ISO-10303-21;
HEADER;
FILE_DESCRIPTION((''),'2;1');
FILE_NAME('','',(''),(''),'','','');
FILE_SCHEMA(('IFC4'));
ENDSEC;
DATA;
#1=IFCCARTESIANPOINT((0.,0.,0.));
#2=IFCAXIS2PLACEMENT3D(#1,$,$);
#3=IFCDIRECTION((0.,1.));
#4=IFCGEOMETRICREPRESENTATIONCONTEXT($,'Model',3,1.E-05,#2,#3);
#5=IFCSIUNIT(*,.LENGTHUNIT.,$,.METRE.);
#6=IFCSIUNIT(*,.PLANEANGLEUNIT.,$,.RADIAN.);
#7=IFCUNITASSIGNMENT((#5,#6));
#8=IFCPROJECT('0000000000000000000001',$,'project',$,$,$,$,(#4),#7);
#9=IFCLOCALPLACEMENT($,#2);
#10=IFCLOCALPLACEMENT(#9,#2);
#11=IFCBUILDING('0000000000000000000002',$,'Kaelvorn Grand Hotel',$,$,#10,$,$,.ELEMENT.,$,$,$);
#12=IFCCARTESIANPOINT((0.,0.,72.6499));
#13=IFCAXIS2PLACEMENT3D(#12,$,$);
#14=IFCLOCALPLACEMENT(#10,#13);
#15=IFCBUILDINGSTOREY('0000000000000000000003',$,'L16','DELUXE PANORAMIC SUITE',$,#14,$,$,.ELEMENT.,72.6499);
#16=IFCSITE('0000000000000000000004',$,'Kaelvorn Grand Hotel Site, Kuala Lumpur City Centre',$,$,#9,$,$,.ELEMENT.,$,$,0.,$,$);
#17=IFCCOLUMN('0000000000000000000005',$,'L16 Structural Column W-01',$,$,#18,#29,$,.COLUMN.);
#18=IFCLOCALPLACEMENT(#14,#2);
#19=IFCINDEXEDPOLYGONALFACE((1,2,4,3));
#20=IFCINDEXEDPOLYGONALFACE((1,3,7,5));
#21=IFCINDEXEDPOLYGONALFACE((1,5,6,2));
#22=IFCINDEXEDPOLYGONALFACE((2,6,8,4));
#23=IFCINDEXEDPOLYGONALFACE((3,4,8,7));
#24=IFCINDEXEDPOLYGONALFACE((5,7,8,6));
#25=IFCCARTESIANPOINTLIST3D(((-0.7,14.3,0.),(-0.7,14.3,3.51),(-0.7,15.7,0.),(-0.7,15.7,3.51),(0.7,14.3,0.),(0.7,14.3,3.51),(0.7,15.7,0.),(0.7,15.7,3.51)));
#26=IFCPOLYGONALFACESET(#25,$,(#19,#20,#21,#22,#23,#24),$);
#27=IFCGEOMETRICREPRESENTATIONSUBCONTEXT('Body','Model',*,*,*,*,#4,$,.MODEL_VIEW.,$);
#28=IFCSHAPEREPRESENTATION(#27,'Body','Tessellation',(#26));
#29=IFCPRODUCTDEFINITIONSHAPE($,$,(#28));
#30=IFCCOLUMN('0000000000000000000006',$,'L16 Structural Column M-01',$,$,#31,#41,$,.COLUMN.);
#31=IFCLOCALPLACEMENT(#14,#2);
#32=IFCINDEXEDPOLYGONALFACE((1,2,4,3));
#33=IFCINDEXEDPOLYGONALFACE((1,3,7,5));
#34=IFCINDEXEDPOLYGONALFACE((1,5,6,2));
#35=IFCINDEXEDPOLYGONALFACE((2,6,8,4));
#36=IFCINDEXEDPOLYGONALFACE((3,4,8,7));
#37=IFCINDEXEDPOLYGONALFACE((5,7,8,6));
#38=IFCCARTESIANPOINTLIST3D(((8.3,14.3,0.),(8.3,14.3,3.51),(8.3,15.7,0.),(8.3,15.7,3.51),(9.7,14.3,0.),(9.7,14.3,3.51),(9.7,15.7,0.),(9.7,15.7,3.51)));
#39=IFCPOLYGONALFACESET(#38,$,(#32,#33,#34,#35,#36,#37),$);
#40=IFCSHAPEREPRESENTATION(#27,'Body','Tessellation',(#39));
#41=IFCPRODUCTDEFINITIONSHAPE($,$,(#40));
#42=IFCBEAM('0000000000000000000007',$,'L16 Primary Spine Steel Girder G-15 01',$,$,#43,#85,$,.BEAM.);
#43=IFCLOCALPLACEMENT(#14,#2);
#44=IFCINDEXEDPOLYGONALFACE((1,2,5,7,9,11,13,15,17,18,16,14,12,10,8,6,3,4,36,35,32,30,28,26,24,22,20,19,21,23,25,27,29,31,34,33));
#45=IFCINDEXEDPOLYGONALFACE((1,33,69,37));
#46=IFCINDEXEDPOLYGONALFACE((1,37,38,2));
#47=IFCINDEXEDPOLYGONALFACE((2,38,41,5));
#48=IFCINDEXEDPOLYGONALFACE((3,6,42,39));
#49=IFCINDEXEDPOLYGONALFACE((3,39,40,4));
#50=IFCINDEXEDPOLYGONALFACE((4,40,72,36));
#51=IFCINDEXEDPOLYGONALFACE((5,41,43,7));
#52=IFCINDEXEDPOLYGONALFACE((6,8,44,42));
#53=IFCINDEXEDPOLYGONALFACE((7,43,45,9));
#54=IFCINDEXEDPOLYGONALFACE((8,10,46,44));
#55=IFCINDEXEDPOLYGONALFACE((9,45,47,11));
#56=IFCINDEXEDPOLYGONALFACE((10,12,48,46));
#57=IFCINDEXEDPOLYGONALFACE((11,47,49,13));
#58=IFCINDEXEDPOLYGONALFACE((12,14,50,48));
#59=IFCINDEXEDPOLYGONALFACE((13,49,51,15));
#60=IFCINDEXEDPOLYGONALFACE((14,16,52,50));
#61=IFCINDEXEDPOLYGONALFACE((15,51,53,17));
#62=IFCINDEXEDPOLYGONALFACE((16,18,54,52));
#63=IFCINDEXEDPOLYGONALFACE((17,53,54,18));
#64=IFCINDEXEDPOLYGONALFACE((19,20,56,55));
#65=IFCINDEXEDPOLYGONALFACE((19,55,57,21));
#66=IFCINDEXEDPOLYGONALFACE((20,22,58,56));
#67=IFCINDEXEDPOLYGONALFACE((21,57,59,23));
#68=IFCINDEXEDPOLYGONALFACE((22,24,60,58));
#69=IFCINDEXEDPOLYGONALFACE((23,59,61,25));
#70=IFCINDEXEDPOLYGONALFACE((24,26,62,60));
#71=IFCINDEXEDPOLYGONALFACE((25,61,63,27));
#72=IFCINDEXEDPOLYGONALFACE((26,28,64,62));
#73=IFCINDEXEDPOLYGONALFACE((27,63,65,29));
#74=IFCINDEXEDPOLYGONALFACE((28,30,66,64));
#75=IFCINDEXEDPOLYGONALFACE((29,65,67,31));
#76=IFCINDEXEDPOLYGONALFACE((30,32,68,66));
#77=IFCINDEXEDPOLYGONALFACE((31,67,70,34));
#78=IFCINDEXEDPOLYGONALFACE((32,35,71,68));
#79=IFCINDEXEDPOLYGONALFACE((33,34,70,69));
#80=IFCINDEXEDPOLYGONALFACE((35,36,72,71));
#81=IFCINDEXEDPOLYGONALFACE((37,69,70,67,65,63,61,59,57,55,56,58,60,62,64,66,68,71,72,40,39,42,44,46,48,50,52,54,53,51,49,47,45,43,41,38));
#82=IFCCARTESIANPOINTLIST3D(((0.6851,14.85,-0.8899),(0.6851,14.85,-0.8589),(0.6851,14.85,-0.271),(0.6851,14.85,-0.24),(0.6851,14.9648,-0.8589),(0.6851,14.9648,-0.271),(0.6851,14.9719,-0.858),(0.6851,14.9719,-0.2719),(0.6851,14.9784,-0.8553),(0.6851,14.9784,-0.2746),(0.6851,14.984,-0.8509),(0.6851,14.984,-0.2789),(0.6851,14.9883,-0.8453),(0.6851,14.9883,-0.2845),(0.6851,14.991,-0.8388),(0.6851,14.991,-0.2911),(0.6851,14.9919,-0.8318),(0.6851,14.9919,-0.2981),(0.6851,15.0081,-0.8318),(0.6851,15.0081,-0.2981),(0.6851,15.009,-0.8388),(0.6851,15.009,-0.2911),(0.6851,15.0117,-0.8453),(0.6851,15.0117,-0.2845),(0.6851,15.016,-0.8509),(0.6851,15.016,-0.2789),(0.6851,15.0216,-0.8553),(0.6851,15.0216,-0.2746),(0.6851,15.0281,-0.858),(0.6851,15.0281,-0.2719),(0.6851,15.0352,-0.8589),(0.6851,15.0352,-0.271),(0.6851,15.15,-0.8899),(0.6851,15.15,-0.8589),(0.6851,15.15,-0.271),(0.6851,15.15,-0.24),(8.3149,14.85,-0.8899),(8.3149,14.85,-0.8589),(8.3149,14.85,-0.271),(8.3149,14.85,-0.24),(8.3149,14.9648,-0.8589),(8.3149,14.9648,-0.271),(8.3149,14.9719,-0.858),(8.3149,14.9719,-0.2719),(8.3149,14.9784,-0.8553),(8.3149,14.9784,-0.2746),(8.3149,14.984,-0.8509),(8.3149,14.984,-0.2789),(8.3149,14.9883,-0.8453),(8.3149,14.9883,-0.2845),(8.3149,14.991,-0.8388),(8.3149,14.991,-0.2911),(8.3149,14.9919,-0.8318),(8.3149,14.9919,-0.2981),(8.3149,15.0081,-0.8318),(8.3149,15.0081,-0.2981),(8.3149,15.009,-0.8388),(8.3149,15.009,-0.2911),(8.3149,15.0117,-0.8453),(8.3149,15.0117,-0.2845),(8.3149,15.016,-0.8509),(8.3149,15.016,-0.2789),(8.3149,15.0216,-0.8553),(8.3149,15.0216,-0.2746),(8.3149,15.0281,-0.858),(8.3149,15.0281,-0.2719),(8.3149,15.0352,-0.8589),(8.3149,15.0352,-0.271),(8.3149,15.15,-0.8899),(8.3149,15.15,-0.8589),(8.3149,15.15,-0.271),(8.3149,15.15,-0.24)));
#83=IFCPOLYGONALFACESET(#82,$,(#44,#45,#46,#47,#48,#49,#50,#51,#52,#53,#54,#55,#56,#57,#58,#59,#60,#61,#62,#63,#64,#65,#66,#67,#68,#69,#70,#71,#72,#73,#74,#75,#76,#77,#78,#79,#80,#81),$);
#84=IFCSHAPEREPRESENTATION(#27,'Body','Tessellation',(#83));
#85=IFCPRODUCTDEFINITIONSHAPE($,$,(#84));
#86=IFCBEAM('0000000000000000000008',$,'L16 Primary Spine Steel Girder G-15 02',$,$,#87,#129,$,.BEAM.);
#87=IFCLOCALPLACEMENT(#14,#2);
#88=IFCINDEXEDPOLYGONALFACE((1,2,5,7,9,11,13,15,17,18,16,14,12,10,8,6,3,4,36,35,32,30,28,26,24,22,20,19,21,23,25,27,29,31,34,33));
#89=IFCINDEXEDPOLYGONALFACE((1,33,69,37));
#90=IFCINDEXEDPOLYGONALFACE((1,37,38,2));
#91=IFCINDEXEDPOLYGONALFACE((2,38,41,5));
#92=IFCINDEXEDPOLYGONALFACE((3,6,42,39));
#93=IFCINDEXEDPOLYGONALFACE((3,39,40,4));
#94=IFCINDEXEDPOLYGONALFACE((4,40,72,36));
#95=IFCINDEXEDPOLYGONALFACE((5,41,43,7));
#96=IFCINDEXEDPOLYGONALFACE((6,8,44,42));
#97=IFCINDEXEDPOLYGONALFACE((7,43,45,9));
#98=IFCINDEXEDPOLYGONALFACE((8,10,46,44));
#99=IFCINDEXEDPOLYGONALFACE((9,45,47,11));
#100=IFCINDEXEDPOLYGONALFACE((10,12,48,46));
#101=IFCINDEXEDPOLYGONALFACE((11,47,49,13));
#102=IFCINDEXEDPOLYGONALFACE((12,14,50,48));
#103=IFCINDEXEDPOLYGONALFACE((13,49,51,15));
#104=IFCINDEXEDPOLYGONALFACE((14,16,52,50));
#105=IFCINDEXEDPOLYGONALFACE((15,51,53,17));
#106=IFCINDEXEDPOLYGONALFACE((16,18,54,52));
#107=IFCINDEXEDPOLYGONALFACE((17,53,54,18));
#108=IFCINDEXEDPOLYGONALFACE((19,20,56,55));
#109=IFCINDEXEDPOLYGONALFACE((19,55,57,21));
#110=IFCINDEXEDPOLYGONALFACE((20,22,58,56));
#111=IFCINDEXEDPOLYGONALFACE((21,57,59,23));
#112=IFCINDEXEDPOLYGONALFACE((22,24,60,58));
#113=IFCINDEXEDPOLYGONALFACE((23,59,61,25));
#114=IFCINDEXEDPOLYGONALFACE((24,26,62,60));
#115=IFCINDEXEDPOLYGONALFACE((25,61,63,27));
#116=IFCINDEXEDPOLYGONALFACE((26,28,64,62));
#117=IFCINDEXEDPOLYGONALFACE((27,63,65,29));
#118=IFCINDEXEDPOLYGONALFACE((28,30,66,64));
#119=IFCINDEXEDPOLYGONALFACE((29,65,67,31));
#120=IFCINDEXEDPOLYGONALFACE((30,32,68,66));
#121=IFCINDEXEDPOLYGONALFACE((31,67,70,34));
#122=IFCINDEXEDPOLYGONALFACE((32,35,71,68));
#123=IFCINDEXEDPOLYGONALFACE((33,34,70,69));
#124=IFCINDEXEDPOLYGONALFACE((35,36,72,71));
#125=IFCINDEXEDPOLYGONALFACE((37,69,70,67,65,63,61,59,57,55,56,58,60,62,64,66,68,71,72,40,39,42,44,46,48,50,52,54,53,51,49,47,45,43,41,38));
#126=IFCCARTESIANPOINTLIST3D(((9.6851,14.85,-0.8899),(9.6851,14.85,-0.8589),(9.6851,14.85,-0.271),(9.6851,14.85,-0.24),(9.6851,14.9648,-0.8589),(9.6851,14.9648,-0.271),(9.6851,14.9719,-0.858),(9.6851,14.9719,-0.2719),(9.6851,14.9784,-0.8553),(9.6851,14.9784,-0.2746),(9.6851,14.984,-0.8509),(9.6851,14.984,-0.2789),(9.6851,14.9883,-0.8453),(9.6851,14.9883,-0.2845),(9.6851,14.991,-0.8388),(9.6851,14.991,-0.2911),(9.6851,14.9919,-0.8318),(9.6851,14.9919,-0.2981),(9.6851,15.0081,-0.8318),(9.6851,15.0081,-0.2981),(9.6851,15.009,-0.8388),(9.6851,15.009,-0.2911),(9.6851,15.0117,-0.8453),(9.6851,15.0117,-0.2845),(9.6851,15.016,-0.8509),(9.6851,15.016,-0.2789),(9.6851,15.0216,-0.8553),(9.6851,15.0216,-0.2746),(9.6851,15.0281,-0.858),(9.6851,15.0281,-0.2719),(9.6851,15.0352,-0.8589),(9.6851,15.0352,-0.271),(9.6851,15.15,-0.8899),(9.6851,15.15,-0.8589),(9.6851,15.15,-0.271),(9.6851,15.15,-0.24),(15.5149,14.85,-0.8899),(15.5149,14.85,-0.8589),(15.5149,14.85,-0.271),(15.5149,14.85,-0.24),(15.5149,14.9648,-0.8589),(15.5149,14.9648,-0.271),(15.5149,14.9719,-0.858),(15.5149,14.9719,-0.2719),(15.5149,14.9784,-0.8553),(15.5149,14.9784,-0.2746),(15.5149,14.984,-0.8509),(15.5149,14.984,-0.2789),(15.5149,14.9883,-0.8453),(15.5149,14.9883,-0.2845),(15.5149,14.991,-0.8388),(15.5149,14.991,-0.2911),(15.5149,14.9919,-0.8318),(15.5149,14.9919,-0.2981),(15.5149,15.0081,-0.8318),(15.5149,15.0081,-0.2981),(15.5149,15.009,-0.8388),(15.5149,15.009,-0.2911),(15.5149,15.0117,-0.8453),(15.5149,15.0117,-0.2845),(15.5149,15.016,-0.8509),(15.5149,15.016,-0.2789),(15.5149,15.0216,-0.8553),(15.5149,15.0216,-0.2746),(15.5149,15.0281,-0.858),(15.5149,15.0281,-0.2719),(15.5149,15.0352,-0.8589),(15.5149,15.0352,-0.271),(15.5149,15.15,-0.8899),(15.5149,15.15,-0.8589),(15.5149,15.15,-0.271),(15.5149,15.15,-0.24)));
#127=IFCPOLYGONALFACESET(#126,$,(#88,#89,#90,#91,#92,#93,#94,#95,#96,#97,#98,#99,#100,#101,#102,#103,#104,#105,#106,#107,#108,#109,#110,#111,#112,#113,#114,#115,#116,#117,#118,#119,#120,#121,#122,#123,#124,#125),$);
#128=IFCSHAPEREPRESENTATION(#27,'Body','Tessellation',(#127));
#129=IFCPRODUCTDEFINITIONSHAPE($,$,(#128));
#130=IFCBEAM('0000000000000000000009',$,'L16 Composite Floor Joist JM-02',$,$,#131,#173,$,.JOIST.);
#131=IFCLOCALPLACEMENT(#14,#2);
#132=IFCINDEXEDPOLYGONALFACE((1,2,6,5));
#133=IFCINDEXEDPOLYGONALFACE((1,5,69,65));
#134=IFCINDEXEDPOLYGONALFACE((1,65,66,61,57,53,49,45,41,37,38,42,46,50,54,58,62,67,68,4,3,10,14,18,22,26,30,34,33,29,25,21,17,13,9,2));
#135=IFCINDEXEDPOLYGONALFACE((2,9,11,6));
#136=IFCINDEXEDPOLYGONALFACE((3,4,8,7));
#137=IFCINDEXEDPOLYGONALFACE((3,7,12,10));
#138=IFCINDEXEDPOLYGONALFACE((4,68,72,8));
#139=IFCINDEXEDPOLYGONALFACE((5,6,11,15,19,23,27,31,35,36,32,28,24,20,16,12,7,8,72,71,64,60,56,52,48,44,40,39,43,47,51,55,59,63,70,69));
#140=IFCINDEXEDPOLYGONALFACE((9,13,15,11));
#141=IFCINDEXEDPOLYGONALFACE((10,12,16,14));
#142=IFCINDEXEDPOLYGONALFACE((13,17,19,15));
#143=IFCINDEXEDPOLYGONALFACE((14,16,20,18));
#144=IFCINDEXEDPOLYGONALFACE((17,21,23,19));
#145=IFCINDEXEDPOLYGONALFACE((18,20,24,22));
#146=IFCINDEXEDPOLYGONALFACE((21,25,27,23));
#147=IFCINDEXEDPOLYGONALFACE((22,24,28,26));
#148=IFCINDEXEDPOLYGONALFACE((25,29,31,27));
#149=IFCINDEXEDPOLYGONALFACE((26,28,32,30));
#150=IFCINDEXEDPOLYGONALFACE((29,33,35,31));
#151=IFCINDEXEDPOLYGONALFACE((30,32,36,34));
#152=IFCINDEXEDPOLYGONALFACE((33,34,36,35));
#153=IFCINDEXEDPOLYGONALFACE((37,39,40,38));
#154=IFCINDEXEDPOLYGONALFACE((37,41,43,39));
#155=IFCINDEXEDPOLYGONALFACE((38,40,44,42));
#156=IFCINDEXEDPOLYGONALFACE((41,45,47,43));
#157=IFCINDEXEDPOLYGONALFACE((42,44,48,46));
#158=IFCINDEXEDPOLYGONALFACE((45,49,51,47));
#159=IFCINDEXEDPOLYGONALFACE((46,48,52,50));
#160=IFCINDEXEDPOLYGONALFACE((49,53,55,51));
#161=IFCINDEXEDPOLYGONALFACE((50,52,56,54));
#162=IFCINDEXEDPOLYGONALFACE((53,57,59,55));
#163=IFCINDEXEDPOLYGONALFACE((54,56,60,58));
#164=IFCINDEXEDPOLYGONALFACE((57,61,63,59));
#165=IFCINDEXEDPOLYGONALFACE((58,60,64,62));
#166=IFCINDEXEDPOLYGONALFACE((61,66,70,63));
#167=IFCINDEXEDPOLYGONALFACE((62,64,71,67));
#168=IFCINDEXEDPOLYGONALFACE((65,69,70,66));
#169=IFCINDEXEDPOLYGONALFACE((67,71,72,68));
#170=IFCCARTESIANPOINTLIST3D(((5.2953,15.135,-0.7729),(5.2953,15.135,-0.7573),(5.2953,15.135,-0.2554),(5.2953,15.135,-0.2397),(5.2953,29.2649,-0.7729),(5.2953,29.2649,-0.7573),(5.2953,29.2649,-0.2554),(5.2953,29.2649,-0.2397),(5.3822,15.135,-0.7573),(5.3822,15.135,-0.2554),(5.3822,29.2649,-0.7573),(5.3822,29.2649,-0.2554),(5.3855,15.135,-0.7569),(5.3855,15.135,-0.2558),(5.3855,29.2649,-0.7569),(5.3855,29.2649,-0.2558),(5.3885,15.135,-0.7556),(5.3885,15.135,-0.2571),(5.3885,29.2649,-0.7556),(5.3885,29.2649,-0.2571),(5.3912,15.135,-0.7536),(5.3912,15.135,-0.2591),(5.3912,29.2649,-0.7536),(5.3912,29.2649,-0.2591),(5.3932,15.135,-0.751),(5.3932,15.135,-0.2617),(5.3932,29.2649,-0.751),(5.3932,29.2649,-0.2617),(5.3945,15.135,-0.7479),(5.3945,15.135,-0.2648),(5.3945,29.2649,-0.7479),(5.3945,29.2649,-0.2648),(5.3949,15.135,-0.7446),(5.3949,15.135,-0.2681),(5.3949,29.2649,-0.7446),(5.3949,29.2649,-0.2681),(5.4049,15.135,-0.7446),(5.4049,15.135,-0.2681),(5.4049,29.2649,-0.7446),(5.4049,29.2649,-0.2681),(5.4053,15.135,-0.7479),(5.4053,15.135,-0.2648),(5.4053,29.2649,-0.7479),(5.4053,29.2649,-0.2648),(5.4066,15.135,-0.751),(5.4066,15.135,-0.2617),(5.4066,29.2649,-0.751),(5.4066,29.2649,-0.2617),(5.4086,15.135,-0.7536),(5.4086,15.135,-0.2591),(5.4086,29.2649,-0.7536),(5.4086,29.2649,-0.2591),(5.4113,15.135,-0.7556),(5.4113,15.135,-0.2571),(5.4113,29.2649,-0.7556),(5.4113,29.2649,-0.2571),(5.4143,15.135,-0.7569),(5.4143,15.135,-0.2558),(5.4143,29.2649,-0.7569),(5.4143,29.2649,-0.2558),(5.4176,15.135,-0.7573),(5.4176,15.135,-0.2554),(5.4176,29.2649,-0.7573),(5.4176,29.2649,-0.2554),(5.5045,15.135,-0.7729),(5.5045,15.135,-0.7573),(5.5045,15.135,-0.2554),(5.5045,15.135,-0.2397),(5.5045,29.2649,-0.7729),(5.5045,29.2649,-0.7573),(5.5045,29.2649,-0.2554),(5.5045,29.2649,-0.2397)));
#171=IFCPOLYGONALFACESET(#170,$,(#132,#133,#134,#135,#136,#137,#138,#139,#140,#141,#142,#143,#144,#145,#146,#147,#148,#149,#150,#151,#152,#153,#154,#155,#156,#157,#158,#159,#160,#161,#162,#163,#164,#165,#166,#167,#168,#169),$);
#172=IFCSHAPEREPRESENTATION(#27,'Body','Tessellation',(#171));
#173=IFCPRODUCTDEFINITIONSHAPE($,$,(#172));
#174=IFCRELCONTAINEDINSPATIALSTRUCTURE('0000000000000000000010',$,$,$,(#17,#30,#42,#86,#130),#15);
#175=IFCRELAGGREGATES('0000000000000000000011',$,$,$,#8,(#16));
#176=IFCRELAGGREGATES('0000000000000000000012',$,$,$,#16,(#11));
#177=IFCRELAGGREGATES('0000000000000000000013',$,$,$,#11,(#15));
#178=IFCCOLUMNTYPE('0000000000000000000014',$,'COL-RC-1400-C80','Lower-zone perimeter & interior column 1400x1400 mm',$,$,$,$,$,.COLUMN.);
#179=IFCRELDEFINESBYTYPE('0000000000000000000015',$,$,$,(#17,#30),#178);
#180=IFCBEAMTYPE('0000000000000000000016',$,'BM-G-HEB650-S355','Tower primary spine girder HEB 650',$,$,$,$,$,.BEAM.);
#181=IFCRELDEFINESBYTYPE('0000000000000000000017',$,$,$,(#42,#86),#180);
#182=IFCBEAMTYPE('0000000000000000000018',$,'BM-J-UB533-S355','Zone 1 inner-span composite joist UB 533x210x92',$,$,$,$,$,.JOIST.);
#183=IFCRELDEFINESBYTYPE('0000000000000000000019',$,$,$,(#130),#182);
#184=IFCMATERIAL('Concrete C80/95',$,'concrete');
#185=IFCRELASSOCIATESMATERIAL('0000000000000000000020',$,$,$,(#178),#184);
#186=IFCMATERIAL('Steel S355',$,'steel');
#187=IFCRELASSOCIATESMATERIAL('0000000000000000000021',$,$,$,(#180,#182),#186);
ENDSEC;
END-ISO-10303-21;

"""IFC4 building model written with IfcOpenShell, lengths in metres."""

from ifc_helpers import new_model, si_unit, direction, frame, origin, origin_2d, place, context, subcontext, project, spatial, rectangle, i_section, extrude, material, material_profile, profile_set, type_object, element, save


model = new_model("IFC4")

# Units and contexts
model_context = context("Model", 3, precision=1e-05, world=origin(), true_north=direction((0.0, 1.0)))
body_context = subcontext(model_context, "Body", "Model", "MODEL_VIEW")
ifc_project = project(units=[si_unit("LENGTHUNIT", "METRE"), si_unit("PLANEANGLEUNIT", "RADIAN")], contexts=[model_context])

# Site, building, storey
site_placement = place(None, origin())
site = spatial("IfcSite", under=ifc_project, at=site_placement, Name="Kaelvorn Grand Hotel Site, Kuala Lumpur City Centre", CompositionType="ELEMENT", RefElevation=0.0)
building_placement = place(site_placement, origin())
building = spatial("IfcBuilding", under=site, at=building_placement, Name="Kaelvorn Grand Hotel", CompositionType="ELEMENT")
storey_placement = place(building_placement, frame((0.0, 0.0, 72.6499)))
storey = spatial("IfcBuildingStorey", under=building, at=storey_placement, Name="L16", Description="DELUXE PANORAMIC SUITE", CompositionType="ELEMENT", Elevation=72.6499)

# Columns
ifc_material_1 = material(Name="Concrete C80/95", Category="concrete")
ifc_material_profile_1 = material_profile(ifc_material_1, rectangle(XDim=1.3999, YDim=1.3999, at=origin_2d()), Name="RC COL 1400x1400")
ifc_profile_set_1 = profile_set([ifc_material_profile_1], Name="Concrete C80/95")
column_type = type_object("IfcColumnType", Name="COL-RC-1400-C80", Description="Lower-zone perimeter & interior column 1400x1400 mm", PredefinedType="COLUMN", material=ifc_profile_set_1)
for number, where, z_axis, x_axis, name in (
    (1, (0.0, 15.0, 0.0), (0.0, 0.0, 1.0), (1.0, 0.0, 0.0), "L16 Structural Column W-01"),
    (2, (9.0, 15.0, 0.0), (0.0, 0.0, 1.0), (1.0, 0.0, 0.0), "L16 Structural Column M-01"),
):
    element("IfcColumn", number, at=place(storey_placement, frame(where, z_axis=z_axis, x_axis=x_axis)), inside=storey, type_object=column_type, Name=name, PredefinedType="COLUMN", context=body_context, shape_type="SweptSolid", body=[
        extrude(rectangle(XDim=1.3999, YDim=1.3999, at=origin_2d()), origin(), (0.0, 0.0, 1.0), 3.51),
    ])

# Beams
ifc_material_2 = material(Name="Steel S355", Category="steel")
ifc_material_profile_2 = material_profile(ifc_material_2, i_section(OverallWidth=0.3, OverallDepth=0.6499, WebThickness=0.0161, FlangeThickness=0.031, FilletRadius=0.0271, at=origin_2d()), Name="HEB 650")
ifc_profile_set_2 = profile_set([ifc_material_profile_2], Name="Steel S355")
beam_type_1 = type_object("IfcBeamType", Name="BM-G-HEB650-S355", Description="Tower primary spine girder HEB 650", PredefinedType="BEAM", material=ifc_profile_set_2)
beam_1_placement = place(storey_placement, frame((0.6851, 15.0, -0.5649), z_axis=(1.0, 0.0, 0.0), x_axis=(0.0, 1.0, 0.0)))
element("IfcBeam", 3, at=beam_1_placement, inside=storey, type_object=beam_type_1, Name="L16 Primary Spine Steel Girder G-15 01", PredefinedType="BEAM", context=body_context, shape_type="SweptSolid", body=[
    extrude(i_section(OverallWidth=0.3, OverallDepth=0.6499, WebThickness=0.0161, FlangeThickness=0.031, FilletRadius=0.0271, at=origin_2d()), origin(), (0.0, 0.0, 1.0), 7.6299),
])
beam_2_placement = place(storey_placement, frame((9.6851, 15.0, -0.5649), z_axis=(1.0, 0.0, 0.0), x_axis=(0.0, 1.0, 0.0)))
element("IfcBeam", 4, at=beam_2_placement, inside=storey, type_object=beam_type_1, Name="L16 Primary Spine Steel Girder G-15 02", PredefinedType="BEAM", context=body_context, shape_type="SweptSolid", body=[
    extrude(i_section(OverallWidth=0.3, OverallDepth=0.6499, WebThickness=0.0161, FlangeThickness=0.031, FilletRadius=0.0271, at=origin_2d()), origin(), (0.0, 0.0, 1.0), 5.8298),
])
ifc_material_profile_3 = material_profile(ifc_material_2, i_section(OverallWidth=0.2092, OverallDepth=0.5332, WebThickness=0.01, FlangeThickness=0.0156, FilletRadius=0.0127, at=origin_2d()), Name="UB 533x210x92")
ifc_profile_set_3 = profile_set([ifc_material_profile_3], Name="Steel S355")
beam_type_2 = type_object("IfcBeamType", Name="BM-J-UB533-S355", Description="Zone 1 inner-span composite joist UB 533x210x92", PredefinedType="JOIST", material=ifc_profile_set_3)
beam_3_placement = place(storey_placement, frame((5.3999, 15.135, -0.5063), z_axis=(0.0, 1.0, 0.0), x_axis=(-1.0, 0.0, 0.0)))
element("IfcBeam", 5, at=beam_3_placement, inside=storey, type_object=beam_type_2, Name="L16 Composite Floor Joist JM-02", PredefinedType="JOIST", context=body_context, shape_type="SweptSolid", body=[
    extrude(i_section(OverallWidth=0.2092, OverallDepth=0.5332, WebThickness=0.01, FlangeThickness=0.0156, FilletRadius=0.0127, at=origin_2d()), origin(), (0.0, 0.0, 1.0), 14.1299),
])

save(model, "model.ifc")
